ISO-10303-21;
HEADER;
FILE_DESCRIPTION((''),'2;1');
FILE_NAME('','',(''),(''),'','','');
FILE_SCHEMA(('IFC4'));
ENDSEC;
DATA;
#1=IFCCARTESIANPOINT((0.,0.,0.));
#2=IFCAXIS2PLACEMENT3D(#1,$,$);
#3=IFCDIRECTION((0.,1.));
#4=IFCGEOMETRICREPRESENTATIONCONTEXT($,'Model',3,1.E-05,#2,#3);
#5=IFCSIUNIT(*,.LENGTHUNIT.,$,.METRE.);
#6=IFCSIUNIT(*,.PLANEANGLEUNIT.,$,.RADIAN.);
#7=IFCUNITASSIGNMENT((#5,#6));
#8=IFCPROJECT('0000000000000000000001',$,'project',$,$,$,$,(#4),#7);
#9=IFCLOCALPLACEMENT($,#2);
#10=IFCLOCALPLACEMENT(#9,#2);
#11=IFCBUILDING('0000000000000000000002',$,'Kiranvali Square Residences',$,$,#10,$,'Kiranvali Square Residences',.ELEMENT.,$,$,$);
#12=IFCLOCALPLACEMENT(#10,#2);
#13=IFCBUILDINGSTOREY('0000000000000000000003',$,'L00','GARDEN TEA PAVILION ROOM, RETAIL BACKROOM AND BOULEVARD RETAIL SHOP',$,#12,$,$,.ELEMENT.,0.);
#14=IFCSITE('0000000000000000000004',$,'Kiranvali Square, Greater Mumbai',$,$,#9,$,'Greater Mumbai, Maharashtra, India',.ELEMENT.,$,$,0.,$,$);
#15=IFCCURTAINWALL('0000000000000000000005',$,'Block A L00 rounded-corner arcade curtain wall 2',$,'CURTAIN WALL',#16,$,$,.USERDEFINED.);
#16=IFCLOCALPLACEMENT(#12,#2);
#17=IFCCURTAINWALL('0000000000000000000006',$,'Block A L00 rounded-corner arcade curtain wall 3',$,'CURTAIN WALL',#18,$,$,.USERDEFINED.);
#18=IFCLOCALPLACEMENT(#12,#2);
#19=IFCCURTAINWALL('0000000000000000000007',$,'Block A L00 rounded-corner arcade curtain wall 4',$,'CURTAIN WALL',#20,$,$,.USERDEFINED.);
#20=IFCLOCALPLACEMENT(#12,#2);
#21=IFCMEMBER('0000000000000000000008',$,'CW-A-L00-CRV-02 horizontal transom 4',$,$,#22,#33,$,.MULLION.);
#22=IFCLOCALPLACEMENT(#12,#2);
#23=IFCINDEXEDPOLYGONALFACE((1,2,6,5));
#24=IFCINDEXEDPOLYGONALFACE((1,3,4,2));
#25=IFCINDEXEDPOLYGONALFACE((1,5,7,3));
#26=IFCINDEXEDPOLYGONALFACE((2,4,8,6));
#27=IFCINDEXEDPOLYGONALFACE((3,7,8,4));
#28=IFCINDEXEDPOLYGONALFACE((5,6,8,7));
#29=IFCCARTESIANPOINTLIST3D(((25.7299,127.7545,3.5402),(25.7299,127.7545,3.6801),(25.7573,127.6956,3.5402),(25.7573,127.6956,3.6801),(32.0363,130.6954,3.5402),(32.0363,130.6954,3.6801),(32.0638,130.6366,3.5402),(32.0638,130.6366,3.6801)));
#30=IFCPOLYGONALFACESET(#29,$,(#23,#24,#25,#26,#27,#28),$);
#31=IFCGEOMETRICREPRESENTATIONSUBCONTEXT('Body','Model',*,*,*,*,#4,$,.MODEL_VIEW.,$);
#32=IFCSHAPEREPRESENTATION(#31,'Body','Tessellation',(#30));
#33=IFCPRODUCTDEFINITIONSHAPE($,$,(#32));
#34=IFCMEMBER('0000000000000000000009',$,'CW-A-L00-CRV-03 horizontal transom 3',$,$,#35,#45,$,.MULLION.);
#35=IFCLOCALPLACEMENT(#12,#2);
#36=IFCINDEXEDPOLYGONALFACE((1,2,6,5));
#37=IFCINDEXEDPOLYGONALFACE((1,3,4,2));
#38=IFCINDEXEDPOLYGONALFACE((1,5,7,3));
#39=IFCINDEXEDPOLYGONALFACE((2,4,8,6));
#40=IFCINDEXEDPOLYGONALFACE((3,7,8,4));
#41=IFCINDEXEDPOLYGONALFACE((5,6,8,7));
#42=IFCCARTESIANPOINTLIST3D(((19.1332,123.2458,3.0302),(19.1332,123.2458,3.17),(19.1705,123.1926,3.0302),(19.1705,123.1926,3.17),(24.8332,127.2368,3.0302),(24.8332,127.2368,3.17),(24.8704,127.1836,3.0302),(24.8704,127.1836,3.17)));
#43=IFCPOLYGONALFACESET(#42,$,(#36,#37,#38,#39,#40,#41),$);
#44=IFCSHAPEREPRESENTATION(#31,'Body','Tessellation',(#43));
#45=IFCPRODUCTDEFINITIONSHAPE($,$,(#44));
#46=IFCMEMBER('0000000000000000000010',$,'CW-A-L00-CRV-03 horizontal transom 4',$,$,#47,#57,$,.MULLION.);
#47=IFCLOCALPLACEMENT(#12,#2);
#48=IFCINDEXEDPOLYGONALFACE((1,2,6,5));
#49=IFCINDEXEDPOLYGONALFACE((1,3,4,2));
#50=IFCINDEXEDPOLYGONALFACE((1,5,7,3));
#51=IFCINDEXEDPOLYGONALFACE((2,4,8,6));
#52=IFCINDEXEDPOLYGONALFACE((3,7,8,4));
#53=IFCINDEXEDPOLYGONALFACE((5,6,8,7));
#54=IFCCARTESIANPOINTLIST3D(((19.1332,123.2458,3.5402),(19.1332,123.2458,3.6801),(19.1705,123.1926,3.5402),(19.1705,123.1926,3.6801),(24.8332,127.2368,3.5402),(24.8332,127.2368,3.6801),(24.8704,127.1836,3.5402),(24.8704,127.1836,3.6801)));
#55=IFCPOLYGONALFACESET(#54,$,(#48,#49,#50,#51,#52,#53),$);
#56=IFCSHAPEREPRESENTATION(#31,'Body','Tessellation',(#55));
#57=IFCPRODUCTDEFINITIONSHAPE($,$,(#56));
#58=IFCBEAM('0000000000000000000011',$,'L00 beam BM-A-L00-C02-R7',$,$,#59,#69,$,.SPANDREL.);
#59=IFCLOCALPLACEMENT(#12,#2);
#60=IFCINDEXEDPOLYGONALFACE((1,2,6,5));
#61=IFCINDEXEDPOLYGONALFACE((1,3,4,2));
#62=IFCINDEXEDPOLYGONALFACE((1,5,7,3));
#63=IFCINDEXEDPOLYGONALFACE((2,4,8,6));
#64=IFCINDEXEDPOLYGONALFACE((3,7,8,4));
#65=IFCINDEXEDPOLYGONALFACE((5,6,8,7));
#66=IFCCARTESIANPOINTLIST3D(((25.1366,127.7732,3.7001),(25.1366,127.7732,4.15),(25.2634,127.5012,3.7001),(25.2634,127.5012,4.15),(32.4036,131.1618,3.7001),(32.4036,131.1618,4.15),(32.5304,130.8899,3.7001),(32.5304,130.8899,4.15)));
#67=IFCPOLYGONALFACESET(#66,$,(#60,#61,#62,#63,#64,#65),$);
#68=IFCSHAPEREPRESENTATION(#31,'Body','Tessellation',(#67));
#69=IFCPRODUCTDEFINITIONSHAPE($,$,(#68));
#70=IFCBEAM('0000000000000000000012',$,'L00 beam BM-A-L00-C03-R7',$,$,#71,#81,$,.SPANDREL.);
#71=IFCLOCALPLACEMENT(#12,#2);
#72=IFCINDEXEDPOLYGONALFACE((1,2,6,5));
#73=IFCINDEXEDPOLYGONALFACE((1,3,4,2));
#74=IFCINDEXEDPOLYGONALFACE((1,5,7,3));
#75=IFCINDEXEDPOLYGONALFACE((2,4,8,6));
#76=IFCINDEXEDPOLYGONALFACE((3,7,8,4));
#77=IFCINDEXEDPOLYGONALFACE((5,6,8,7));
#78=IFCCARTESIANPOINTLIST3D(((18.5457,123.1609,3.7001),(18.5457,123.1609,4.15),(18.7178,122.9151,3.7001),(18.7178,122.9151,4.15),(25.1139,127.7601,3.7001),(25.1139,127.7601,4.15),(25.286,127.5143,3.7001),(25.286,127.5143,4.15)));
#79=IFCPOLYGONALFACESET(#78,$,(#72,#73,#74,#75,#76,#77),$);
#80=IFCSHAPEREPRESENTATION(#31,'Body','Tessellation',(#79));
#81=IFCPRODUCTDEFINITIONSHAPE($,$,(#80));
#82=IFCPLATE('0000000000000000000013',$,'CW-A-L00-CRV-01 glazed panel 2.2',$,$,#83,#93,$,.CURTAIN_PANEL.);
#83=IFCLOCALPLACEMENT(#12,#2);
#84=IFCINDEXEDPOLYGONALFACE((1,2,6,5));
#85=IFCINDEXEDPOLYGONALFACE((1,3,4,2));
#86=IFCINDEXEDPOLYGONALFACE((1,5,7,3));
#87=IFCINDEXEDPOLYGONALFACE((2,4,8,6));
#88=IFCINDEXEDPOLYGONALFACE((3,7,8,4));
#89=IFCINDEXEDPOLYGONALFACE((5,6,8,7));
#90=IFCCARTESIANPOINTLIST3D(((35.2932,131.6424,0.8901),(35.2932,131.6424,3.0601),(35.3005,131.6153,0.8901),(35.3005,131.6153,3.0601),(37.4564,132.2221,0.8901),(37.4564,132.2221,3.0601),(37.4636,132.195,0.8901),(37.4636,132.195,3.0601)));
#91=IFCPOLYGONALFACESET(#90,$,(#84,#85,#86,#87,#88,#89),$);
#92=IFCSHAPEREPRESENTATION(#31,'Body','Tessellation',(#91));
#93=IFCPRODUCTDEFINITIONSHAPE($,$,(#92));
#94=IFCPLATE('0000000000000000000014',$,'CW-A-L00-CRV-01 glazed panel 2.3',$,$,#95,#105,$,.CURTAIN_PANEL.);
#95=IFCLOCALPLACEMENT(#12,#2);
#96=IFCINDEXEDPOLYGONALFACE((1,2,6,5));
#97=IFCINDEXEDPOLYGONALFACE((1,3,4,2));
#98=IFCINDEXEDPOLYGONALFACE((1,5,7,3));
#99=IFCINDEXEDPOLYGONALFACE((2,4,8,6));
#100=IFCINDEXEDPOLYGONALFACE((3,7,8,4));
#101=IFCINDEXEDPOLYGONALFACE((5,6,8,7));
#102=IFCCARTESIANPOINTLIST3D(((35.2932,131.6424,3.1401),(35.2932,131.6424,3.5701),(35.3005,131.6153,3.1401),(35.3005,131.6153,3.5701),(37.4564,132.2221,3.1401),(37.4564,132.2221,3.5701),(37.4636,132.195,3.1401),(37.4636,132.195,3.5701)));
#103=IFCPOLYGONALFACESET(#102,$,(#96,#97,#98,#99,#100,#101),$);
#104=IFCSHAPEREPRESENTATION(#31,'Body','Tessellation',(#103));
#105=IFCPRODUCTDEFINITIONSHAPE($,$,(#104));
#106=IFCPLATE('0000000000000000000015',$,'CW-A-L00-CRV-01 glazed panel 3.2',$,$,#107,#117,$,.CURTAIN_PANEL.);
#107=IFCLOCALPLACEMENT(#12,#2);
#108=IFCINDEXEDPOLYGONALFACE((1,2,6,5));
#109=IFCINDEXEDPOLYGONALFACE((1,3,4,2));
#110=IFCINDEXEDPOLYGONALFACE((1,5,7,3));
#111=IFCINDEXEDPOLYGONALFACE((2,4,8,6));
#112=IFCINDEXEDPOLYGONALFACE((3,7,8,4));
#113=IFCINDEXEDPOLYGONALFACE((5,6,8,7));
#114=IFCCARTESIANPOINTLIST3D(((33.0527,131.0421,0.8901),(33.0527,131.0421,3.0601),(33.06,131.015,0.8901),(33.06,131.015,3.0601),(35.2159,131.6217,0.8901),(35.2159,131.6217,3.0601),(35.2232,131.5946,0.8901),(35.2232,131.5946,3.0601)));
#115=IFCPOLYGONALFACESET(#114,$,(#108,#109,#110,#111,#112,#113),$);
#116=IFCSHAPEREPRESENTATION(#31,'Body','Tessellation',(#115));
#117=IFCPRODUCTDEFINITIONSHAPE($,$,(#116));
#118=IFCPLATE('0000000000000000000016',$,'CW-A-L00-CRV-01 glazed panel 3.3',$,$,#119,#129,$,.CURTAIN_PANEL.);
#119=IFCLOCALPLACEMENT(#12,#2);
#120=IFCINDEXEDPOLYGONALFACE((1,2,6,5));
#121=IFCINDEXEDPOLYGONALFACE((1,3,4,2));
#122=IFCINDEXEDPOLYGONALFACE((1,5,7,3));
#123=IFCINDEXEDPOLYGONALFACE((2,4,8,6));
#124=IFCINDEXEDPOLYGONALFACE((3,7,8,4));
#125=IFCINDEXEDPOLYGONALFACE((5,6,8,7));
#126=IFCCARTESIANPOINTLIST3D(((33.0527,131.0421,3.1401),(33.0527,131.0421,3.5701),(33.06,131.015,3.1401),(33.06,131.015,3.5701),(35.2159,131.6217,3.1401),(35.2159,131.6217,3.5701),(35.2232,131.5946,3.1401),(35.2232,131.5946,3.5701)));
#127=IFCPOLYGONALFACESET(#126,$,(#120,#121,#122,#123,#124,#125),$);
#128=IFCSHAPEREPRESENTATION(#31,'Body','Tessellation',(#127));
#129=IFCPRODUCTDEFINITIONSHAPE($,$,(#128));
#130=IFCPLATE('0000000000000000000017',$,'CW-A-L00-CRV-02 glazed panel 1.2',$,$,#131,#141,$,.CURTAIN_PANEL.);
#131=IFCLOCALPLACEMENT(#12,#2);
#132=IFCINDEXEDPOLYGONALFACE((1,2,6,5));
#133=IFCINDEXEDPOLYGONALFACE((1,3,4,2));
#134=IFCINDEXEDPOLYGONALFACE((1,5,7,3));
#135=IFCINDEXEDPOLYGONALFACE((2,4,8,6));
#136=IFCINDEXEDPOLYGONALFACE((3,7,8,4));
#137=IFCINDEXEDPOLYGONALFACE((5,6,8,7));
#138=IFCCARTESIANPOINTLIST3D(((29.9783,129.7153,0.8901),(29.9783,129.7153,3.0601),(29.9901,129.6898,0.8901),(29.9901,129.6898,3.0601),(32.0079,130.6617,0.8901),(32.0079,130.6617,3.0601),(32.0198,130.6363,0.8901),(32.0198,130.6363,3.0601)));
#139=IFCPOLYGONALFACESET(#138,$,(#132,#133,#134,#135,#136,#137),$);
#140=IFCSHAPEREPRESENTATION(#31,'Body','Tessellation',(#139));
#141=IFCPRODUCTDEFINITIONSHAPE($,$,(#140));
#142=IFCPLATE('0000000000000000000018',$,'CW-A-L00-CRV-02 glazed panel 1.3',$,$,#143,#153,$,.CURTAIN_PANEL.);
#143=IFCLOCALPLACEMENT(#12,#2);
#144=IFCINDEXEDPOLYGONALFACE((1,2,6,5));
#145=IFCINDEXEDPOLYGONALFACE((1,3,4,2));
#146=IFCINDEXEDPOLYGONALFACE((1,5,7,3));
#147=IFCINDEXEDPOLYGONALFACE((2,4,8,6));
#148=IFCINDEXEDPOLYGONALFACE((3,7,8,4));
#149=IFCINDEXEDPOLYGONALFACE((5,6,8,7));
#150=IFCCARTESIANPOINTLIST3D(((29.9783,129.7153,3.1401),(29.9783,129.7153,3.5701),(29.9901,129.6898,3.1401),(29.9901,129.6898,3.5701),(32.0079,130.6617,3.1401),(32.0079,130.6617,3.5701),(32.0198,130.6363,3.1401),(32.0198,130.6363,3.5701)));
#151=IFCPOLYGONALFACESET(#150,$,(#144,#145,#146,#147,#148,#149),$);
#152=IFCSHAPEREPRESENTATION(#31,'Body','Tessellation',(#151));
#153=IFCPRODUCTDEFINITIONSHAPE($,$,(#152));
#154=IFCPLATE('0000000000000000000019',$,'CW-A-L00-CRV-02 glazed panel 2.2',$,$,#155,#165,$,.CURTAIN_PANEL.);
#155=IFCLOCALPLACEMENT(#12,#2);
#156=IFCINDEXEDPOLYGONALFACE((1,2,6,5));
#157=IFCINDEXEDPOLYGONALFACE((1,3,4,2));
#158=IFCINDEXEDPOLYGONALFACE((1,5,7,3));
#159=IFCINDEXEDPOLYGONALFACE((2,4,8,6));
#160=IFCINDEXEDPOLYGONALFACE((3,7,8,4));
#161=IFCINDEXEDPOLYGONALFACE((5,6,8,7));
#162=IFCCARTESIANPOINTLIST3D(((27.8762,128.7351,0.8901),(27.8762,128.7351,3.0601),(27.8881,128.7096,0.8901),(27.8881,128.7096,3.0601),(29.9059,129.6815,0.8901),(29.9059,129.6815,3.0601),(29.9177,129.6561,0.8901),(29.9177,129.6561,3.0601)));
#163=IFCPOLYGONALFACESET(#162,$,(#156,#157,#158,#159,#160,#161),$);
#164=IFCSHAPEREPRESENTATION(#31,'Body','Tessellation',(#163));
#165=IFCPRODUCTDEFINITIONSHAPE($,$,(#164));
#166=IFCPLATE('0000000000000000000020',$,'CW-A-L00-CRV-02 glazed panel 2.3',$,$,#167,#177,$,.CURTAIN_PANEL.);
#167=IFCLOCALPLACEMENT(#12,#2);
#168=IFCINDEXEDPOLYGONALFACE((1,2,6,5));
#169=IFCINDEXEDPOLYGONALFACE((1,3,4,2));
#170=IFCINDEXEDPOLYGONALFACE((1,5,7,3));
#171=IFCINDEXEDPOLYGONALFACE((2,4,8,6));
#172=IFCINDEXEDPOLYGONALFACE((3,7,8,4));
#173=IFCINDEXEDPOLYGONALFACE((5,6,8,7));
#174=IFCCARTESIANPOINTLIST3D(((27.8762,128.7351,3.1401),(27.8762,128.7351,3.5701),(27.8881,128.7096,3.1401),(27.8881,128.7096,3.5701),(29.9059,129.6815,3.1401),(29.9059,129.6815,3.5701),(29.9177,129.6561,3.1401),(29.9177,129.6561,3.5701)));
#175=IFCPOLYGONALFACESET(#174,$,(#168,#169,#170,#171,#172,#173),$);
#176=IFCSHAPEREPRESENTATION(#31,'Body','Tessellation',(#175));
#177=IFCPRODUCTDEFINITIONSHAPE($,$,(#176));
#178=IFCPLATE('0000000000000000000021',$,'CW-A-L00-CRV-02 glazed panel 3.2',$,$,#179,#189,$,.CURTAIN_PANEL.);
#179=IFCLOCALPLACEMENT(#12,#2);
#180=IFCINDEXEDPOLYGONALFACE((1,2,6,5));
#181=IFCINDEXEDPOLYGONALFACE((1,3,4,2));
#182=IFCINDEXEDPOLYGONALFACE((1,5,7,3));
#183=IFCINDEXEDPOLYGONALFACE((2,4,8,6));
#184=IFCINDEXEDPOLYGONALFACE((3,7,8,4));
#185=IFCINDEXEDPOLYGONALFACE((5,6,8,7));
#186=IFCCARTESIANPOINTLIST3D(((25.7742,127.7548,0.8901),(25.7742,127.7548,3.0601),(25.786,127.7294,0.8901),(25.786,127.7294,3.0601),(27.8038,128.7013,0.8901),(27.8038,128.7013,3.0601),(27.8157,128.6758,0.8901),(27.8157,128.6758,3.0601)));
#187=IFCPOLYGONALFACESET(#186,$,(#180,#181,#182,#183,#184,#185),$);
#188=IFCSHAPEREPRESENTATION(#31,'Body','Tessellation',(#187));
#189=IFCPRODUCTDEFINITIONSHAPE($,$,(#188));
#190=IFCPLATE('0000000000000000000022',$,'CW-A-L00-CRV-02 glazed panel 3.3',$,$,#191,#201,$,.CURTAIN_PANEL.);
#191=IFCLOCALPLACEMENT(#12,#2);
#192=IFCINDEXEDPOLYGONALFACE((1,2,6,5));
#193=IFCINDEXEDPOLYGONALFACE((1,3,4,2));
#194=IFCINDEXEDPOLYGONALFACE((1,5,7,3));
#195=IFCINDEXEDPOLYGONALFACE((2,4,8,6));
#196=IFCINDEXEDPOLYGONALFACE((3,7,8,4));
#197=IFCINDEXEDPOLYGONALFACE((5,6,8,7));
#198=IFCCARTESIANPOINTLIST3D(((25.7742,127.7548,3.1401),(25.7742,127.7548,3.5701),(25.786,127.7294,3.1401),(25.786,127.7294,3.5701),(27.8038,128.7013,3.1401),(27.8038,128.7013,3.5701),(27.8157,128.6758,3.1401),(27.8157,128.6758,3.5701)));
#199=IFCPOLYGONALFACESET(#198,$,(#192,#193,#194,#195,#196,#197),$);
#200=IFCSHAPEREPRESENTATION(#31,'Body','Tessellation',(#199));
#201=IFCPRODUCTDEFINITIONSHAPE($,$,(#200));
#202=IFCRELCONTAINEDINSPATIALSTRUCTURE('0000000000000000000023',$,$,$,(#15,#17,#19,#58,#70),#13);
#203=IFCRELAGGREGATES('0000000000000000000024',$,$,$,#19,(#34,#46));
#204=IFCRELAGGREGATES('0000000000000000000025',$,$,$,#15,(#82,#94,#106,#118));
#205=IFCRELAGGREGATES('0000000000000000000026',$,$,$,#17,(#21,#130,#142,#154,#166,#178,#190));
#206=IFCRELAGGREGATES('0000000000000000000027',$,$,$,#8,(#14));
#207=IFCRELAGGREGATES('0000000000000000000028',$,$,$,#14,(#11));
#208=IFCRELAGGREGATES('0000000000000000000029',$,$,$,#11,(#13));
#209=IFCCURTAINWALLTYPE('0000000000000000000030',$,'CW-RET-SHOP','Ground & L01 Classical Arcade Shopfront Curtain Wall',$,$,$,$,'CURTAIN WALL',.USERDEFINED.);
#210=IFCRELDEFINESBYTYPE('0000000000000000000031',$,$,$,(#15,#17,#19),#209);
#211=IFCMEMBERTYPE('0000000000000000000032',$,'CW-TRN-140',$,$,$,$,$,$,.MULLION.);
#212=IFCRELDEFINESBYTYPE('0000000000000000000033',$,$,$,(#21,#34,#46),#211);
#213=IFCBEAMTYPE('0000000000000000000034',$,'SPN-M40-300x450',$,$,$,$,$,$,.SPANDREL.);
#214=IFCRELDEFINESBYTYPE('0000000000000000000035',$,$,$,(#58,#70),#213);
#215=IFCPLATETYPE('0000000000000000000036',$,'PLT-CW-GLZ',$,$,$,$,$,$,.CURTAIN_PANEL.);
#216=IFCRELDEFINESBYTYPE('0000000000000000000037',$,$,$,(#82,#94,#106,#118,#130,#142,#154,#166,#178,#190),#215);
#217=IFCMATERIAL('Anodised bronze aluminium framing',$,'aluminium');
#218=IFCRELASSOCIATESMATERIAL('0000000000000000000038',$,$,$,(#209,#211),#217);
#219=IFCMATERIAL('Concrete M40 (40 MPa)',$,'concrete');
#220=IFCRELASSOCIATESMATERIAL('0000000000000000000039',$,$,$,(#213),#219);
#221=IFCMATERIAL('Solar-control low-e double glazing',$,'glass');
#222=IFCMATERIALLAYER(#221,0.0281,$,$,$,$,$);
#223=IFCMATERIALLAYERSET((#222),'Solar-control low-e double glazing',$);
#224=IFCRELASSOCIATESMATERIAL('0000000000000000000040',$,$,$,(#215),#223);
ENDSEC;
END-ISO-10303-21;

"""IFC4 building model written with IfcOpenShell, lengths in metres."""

from ifc_helpers import new_model, si_unit, direction, frame, origin, origin_2d, place, context, subcontext, project, spatial, rectangle, extrude, material, layer, layer_set, material_profile, profile_set, type_object, element, aggregate, save


model = new_model("IFC4")

# Units and contexts
model_context = context("Model", 3, precision=1e-05, world=origin(), true_north=direction((0.0, 1.0)))
body_context = subcontext(model_context, "Body", "Model", "MODEL_VIEW")
ifc_project = project(units=[si_unit("LENGTHUNIT", "METRE"), si_unit("PLANEANGLEUNIT", "RADIAN")], contexts=[model_context])

# Site, building, storey
site_placement = place(None, origin())
site = spatial("IfcSite", under=ifc_project, at=site_placement, Name="Kiranvali Square, Greater Mumbai", LongName="Greater Mumbai, Maharashtra, India", CompositionType="ELEMENT", RefElevation=0.0)
building_placement = place(site_placement, origin())
building = spatial("IfcBuilding", under=site, at=building_placement, Name="Kiranvali Square Residences", LongName="Kiranvali Square Residences", CompositionType="ELEMENT")
storey_placement = place(building_placement, origin())
storey = spatial("IfcBuildingStorey", under=building, at=storey_placement, Name="L00", Description="GARDEN TEA PAVILION ROOM, RETAIL BACKROOM AND BOULEVARD RETAIL SHOP", CompositionType="ELEMENT", Elevation=0.0)

# Curtain walls
ifc_material_1 = material(Name="Anodised bronze aluminium framing", Category="aluminium")
curtain_wall_type = type_object("IfcCurtainWallType", Name="CW-RET-SHOP", Description="Ground & L01 Classical Arcade Shopfront Curtain Wall", ElementType="CURTAIN WALL", PredefinedType="USERDEFINED", material=ifc_material_1)
curtain_wall_1_placement = place(storey_placement, origin())
curtain_wall_1 = element("IfcCurtainWall", 1, at=curtain_wall_1_placement, inside=storey, type_object=curtain_wall_type, Name="Block A L00 rounded-corner arcade curtain wall 2", ObjectType="CURTAIN WALL", PredefinedType="USERDEFINED")
curtain_wall_2_placement = place(storey_placement, origin())
curtain_wall_2 = element("IfcCurtainWall", 2, at=curtain_wall_2_placement, inside=storey, type_object=curtain_wall_type, Name="Block A L00 rounded-corner arcade curtain wall 3", ObjectType="CURTAIN WALL", PredefinedType="USERDEFINED")

# Curtain wall
curtain_wall_3_placement = place(storey_placement, origin())
curtain_wall_3 = element("IfcCurtainWall", 3, at=curtain_wall_3_placement, inside=storey, type_object=curtain_wall_type, Name="Block A L00 rounded-corner arcade curtain wall 4", ObjectType="CURTAIN WALL", PredefinedType="USERDEFINED")

# Members
ifc_material_profile_1 = material_profile(ifc_material_1, rectangle(XDim=0.0649, YDim=0.1399, at=origin_2d()), Name="ALU 65x140")
ifc_profile_set_1 = profile_set([ifc_material_profile_1], Name="Anodised bronze aluminium framing")
member_type_1 = type_object("IfcMemberType", Name="CW-TRN-140", PredefinedType="MULLION", material=ifc_profile_set_1)
member_1_placement = place(storey_placement, frame((32.05, 130.666, 3.6101), z_axis=(-0.906297, -0.422642, 0.0), x_axis=(0.422642, -0.906297, 0.0)))
member_1 = element("IfcMember", 4, at=member_1_placement, type_object=member_type_1, Name="CW-A-L00-CRV-02 horizontal transom 4", PredefinedType="MULLION", context=body_context, shape_type="SweptSolid", body=[
    extrude(rectangle(XDim=0.0649, YDim=0.1399, at=origin_2d()), origin(), (0.0, 0.0, 1.0), 6.9585),
])
member_2_placement = place(storey_placement, frame((24.8518, 127.2102, 3.1001), z_axis=(-0.819164, -0.573559, 0.0), x_axis=(0.573559, -0.819164, 0.0)))
member_2 = element("IfcMember", 5, at=member_2_placement, type_object=member_type_1, Name="CW-A-L00-CRV-03 horizontal transom 3", PredefinedType="MULLION", context=body_context, shape_type="SweptSolid", body=[
    extrude(rectangle(XDim=0.0649, YDim=0.1399, at=origin_2d()), origin(), (0.0, 0.0, 1.0), 6.9583),
])
member_3_placement = place(storey_placement, frame((24.8518, 127.2102, 3.6101), z_axis=(-0.819164, -0.573559, 0.0), x_axis=(0.573559, -0.819164, 0.0)))
member_3 = element("IfcMember", 6, at=member_3_placement, type_object=member_type_1, Name="CW-A-L00-CRV-03 horizontal transom 4", PredefinedType="MULLION", context=body_context, shape_type="SweptSolid", body=[
    extrude(rectangle(XDim=0.0649, YDim=0.1399, at=origin_2d()), origin(), (0.0, 0.0, 1.0), 6.9583),
])
aggregate(curtain_wall_3, [member_2, member_3])

# Beams
ifc_material_2 = material(Name="Concrete M40 (40 MPa)", Category="concrete")
ifc_material_profile_2 = material_profile(ifc_material_2, rectangle(XDim=0.3, YDim=0.45, at=origin_2d()), Name="RC 300x450")
ifc_profile_set_2 = profile_set([ifc_material_profile_2], Name="Concrete M40 (40 MPa)")
beam_type_1 = type_object("IfcBeamType", Name="SPN-M40-300x450", PredefinedType="SPANDREL", material=ifc_profile_set_2)
for number, where, z_axis, x_axis, name in (
    (7, (32.467, 131.0259, 3.925), (-0.906309, -0.422615, 0.0), (0.422615, -0.906309, 0.0), "L00 beam BM-A-L00-C02-R7"),
    (8, (25.2, 127.6372, 3.925), (-0.819148, -0.573583, 0.0), (0.573583, -0.819148, 0.0), "L00 beam BM-A-L00-C03-R7"),
):
    element("IfcBeam", number, at=place(storey_placement, frame(where, z_axis=z_axis, x_axis=x_axis)), inside=storey, type_object=beam_type_1, Name=name, PredefinedType="SPANDREL", context=body_context, shape_type="SweptSolid", body=[
        extrude(rectangle(XDim=0.3, YDim=0.45, at=origin_2d()), origin(), (0.0, 0.0, 1.0), 8.0183),
    ])

# Plates
ifc_material_3 = material(Name="Solar-control low-e double glazing", Category="glass")
ifc_layer_1 = layer(ifc_material_3, 0.0281)
ifc_layer_set_1 = layer_set([ifc_layer_1], Name="Solar-control low-e double glazing")
plate_type_1 = type_object("IfcPlateType", Name="PLT-CW-GLZ", PredefinedType="CURTAIN_PANEL", material=ifc_layer_set_1)
plate_1_placement = place(storey_placement, frame((36.3784, 131.9187, 0.8901), z_axis=(0.0, 0.0, 1.0), x_axis=(-0.965926, -0.258819, 0.0)))
plate_1 = element("IfcPlate", 9, at=plate_1_placement, type_object=plate_type_1, Name="CW-A-L00-CRV-01 glazed panel 2.2", PredefinedType="CURTAIN_PANEL", context=body_context, shape_type="SweptSolid", body=[
    extrude(rectangle(XDim=2.2395, YDim=0.0281, at=origin_2d()), origin(), (0.0, 0.0, 1.0), 2.1699),
])
plate_2_placement = place(storey_placement, frame((36.3784, 131.9187, 3.1401), z_axis=(0.0, 0.0, 1.0), x_axis=(-0.965926, -0.258819, 0.0)))
plate_2 = element("IfcPlate", 10, at=plate_2_placement, type_object=plate_type_1, Name="CW-A-L00-CRV-01 glazed panel 2.3", PredefinedType="CURTAIN_PANEL", context=body_context, shape_type="SweptSolid", body=[
    extrude(rectangle(XDim=2.2395, YDim=0.0281, at=origin_2d()), origin(), (0.0, 0.0, 1.0), 0.4299),
])
plate_3_placement = place(storey_placement, frame((34.1379, 131.3184, 0.8901), z_axis=(0.0, 0.0, 1.0), x_axis=(-0.965926, -0.258819, 0.0)))
plate_3 = element("IfcPlate", 11, at=plate_3_placement, type_object=plate_type_1, Name="CW-A-L00-CRV-01 glazed panel 3.2", PredefinedType="CURTAIN_PANEL", context=body_context, shape_type="SweptSolid", body=[
    extrude(rectangle(XDim=2.2395, YDim=0.0281, at=origin_2d()), origin(), (0.0, 0.0, 1.0), 2.1699),
])
plate_4_placement = place(storey_placement, frame((34.1379, 131.3184, 3.1401), z_axis=(0.0, 0.0, 1.0), x_axis=(-0.965926, -0.258819, 0.0)))
plate_4 = element("IfcPlate", 12, at=plate_4_placement, type_object=plate_type_1, Name="CW-A-L00-CRV-01 glazed panel 3.3", PredefinedType="CURTAIN_PANEL", context=body_context, shape_type="SweptSolid", body=[
    extrude(rectangle(XDim=2.2395, YDim=0.0281, at=origin_2d()), origin(), (0.0, 0.0, 1.0), 0.4299),
])
plate_5_placement = place(storey_placement, frame((30.999, 130.1758, 0.8901), z_axis=(0.0, 0.0, 1.0), x_axis=(-0.906308, -0.422618, 0.0)))
plate_5 = element("IfcPlate", 13, at=plate_5_placement, type_object=plate_type_1, Name="CW-A-L00-CRV-02 glazed panel 1.2", PredefinedType="CURTAIN_PANEL", context=body_context, shape_type="SweptSolid", body=[
    extrude(rectangle(XDim=2.2395, YDim=0.0281, at=origin_2d()), origin(), (0.0, 0.0, 1.0), 2.1699),
])
plate_6_placement = place(storey_placement, frame((30.999, 130.1758, 3.1401), z_axis=(0.0, 0.0, 1.0), x_axis=(-0.906308, -0.422618, 0.0)))
plate_6 = element("IfcPlate", 14, at=plate_6_placement, type_object=plate_type_1, Name="CW-A-L00-CRV-02 glazed panel 1.3", PredefinedType="CURTAIN_PANEL", context=body_context, shape_type="SweptSolid", body=[
    extrude(rectangle(XDim=2.2395, YDim=0.0281, at=origin_2d()), origin(), (0.0, 0.0, 1.0), 0.4299),
])
plate_7_placement = place(storey_placement, frame((28.897, 129.1956, 0.8901), z_axis=(0.0, 0.0, 1.0), x_axis=(-0.906308, -0.422618, 0.0)))
plate_7 = element("IfcPlate", 15, at=plate_7_placement, type_object=plate_type_1, Name="CW-A-L00-CRV-02 glazed panel 2.2", PredefinedType="CURTAIN_PANEL", context=body_context, shape_type="SweptSolid", body=[
    extrude(rectangle(XDim=2.2395, YDim=0.0281, at=origin_2d()), origin(), (0.0, 0.0, 1.0), 2.1699),
])
plate_8_placement = place(storey_placement, frame((28.897, 129.1956, 3.1401), z_axis=(0.0, 0.0, 1.0), x_axis=(-0.906308, -0.422618, 0.0)))
plate_8 = element("IfcPlate", 16, at=plate_8_placement, type_object=plate_type_1, Name="CW-A-L00-CRV-02 glazed panel 2.3", PredefinedType="CURTAIN_PANEL", context=body_context, shape_type="SweptSolid", body=[
    extrude(rectangle(XDim=2.2395, YDim=0.0281, at=origin_2d()), origin(), (0.0, 0.0, 1.0), 0.4299),
])
plate_9_placement = place(storey_placement, frame((26.7949, 128.2153, 0.8901), z_axis=(0.0, 0.0, 1.0), x_axis=(-0.906308, -0.422618, 0.0)))
plate_9 = element("IfcPlate", 17, at=plate_9_placement, type_object=plate_type_1, Name="CW-A-L00-CRV-02 glazed panel 3.2", PredefinedType="CURTAIN_PANEL", context=body_context, shape_type="SweptSolid", body=[
    extrude(rectangle(XDim=2.2395, YDim=0.0281, at=origin_2d()), origin(), (0.0, 0.0, 1.0), 2.1699),
])
plate_10_placement = place(storey_placement, frame((26.7949, 128.2153, 3.1401), z_axis=(0.0, 0.0, 1.0), x_axis=(-0.906308, -0.422618, 0.0)))
plate_10 = element("IfcPlate", 18, at=plate_10_placement, type_object=plate_type_1, Name="CW-A-L00-CRV-02 glazed panel 3.3", PredefinedType="CURTAIN_PANEL", context=body_context, shape_type="SweptSolid", body=[
    extrude(rectangle(XDim=2.2395, YDim=0.0281, at=origin_2d()), origin(), (0.0, 0.0, 1.0), 0.4299),
])
aggregate(curtain_wall_1, [plate_1, plate_2, plate_3, plate_4])
aggregate(curtain_wall_2, [member_1, plate_5, plate_6, plate_7, plate_8, plate_9, plate_10])

save(model, "model.ifc")
